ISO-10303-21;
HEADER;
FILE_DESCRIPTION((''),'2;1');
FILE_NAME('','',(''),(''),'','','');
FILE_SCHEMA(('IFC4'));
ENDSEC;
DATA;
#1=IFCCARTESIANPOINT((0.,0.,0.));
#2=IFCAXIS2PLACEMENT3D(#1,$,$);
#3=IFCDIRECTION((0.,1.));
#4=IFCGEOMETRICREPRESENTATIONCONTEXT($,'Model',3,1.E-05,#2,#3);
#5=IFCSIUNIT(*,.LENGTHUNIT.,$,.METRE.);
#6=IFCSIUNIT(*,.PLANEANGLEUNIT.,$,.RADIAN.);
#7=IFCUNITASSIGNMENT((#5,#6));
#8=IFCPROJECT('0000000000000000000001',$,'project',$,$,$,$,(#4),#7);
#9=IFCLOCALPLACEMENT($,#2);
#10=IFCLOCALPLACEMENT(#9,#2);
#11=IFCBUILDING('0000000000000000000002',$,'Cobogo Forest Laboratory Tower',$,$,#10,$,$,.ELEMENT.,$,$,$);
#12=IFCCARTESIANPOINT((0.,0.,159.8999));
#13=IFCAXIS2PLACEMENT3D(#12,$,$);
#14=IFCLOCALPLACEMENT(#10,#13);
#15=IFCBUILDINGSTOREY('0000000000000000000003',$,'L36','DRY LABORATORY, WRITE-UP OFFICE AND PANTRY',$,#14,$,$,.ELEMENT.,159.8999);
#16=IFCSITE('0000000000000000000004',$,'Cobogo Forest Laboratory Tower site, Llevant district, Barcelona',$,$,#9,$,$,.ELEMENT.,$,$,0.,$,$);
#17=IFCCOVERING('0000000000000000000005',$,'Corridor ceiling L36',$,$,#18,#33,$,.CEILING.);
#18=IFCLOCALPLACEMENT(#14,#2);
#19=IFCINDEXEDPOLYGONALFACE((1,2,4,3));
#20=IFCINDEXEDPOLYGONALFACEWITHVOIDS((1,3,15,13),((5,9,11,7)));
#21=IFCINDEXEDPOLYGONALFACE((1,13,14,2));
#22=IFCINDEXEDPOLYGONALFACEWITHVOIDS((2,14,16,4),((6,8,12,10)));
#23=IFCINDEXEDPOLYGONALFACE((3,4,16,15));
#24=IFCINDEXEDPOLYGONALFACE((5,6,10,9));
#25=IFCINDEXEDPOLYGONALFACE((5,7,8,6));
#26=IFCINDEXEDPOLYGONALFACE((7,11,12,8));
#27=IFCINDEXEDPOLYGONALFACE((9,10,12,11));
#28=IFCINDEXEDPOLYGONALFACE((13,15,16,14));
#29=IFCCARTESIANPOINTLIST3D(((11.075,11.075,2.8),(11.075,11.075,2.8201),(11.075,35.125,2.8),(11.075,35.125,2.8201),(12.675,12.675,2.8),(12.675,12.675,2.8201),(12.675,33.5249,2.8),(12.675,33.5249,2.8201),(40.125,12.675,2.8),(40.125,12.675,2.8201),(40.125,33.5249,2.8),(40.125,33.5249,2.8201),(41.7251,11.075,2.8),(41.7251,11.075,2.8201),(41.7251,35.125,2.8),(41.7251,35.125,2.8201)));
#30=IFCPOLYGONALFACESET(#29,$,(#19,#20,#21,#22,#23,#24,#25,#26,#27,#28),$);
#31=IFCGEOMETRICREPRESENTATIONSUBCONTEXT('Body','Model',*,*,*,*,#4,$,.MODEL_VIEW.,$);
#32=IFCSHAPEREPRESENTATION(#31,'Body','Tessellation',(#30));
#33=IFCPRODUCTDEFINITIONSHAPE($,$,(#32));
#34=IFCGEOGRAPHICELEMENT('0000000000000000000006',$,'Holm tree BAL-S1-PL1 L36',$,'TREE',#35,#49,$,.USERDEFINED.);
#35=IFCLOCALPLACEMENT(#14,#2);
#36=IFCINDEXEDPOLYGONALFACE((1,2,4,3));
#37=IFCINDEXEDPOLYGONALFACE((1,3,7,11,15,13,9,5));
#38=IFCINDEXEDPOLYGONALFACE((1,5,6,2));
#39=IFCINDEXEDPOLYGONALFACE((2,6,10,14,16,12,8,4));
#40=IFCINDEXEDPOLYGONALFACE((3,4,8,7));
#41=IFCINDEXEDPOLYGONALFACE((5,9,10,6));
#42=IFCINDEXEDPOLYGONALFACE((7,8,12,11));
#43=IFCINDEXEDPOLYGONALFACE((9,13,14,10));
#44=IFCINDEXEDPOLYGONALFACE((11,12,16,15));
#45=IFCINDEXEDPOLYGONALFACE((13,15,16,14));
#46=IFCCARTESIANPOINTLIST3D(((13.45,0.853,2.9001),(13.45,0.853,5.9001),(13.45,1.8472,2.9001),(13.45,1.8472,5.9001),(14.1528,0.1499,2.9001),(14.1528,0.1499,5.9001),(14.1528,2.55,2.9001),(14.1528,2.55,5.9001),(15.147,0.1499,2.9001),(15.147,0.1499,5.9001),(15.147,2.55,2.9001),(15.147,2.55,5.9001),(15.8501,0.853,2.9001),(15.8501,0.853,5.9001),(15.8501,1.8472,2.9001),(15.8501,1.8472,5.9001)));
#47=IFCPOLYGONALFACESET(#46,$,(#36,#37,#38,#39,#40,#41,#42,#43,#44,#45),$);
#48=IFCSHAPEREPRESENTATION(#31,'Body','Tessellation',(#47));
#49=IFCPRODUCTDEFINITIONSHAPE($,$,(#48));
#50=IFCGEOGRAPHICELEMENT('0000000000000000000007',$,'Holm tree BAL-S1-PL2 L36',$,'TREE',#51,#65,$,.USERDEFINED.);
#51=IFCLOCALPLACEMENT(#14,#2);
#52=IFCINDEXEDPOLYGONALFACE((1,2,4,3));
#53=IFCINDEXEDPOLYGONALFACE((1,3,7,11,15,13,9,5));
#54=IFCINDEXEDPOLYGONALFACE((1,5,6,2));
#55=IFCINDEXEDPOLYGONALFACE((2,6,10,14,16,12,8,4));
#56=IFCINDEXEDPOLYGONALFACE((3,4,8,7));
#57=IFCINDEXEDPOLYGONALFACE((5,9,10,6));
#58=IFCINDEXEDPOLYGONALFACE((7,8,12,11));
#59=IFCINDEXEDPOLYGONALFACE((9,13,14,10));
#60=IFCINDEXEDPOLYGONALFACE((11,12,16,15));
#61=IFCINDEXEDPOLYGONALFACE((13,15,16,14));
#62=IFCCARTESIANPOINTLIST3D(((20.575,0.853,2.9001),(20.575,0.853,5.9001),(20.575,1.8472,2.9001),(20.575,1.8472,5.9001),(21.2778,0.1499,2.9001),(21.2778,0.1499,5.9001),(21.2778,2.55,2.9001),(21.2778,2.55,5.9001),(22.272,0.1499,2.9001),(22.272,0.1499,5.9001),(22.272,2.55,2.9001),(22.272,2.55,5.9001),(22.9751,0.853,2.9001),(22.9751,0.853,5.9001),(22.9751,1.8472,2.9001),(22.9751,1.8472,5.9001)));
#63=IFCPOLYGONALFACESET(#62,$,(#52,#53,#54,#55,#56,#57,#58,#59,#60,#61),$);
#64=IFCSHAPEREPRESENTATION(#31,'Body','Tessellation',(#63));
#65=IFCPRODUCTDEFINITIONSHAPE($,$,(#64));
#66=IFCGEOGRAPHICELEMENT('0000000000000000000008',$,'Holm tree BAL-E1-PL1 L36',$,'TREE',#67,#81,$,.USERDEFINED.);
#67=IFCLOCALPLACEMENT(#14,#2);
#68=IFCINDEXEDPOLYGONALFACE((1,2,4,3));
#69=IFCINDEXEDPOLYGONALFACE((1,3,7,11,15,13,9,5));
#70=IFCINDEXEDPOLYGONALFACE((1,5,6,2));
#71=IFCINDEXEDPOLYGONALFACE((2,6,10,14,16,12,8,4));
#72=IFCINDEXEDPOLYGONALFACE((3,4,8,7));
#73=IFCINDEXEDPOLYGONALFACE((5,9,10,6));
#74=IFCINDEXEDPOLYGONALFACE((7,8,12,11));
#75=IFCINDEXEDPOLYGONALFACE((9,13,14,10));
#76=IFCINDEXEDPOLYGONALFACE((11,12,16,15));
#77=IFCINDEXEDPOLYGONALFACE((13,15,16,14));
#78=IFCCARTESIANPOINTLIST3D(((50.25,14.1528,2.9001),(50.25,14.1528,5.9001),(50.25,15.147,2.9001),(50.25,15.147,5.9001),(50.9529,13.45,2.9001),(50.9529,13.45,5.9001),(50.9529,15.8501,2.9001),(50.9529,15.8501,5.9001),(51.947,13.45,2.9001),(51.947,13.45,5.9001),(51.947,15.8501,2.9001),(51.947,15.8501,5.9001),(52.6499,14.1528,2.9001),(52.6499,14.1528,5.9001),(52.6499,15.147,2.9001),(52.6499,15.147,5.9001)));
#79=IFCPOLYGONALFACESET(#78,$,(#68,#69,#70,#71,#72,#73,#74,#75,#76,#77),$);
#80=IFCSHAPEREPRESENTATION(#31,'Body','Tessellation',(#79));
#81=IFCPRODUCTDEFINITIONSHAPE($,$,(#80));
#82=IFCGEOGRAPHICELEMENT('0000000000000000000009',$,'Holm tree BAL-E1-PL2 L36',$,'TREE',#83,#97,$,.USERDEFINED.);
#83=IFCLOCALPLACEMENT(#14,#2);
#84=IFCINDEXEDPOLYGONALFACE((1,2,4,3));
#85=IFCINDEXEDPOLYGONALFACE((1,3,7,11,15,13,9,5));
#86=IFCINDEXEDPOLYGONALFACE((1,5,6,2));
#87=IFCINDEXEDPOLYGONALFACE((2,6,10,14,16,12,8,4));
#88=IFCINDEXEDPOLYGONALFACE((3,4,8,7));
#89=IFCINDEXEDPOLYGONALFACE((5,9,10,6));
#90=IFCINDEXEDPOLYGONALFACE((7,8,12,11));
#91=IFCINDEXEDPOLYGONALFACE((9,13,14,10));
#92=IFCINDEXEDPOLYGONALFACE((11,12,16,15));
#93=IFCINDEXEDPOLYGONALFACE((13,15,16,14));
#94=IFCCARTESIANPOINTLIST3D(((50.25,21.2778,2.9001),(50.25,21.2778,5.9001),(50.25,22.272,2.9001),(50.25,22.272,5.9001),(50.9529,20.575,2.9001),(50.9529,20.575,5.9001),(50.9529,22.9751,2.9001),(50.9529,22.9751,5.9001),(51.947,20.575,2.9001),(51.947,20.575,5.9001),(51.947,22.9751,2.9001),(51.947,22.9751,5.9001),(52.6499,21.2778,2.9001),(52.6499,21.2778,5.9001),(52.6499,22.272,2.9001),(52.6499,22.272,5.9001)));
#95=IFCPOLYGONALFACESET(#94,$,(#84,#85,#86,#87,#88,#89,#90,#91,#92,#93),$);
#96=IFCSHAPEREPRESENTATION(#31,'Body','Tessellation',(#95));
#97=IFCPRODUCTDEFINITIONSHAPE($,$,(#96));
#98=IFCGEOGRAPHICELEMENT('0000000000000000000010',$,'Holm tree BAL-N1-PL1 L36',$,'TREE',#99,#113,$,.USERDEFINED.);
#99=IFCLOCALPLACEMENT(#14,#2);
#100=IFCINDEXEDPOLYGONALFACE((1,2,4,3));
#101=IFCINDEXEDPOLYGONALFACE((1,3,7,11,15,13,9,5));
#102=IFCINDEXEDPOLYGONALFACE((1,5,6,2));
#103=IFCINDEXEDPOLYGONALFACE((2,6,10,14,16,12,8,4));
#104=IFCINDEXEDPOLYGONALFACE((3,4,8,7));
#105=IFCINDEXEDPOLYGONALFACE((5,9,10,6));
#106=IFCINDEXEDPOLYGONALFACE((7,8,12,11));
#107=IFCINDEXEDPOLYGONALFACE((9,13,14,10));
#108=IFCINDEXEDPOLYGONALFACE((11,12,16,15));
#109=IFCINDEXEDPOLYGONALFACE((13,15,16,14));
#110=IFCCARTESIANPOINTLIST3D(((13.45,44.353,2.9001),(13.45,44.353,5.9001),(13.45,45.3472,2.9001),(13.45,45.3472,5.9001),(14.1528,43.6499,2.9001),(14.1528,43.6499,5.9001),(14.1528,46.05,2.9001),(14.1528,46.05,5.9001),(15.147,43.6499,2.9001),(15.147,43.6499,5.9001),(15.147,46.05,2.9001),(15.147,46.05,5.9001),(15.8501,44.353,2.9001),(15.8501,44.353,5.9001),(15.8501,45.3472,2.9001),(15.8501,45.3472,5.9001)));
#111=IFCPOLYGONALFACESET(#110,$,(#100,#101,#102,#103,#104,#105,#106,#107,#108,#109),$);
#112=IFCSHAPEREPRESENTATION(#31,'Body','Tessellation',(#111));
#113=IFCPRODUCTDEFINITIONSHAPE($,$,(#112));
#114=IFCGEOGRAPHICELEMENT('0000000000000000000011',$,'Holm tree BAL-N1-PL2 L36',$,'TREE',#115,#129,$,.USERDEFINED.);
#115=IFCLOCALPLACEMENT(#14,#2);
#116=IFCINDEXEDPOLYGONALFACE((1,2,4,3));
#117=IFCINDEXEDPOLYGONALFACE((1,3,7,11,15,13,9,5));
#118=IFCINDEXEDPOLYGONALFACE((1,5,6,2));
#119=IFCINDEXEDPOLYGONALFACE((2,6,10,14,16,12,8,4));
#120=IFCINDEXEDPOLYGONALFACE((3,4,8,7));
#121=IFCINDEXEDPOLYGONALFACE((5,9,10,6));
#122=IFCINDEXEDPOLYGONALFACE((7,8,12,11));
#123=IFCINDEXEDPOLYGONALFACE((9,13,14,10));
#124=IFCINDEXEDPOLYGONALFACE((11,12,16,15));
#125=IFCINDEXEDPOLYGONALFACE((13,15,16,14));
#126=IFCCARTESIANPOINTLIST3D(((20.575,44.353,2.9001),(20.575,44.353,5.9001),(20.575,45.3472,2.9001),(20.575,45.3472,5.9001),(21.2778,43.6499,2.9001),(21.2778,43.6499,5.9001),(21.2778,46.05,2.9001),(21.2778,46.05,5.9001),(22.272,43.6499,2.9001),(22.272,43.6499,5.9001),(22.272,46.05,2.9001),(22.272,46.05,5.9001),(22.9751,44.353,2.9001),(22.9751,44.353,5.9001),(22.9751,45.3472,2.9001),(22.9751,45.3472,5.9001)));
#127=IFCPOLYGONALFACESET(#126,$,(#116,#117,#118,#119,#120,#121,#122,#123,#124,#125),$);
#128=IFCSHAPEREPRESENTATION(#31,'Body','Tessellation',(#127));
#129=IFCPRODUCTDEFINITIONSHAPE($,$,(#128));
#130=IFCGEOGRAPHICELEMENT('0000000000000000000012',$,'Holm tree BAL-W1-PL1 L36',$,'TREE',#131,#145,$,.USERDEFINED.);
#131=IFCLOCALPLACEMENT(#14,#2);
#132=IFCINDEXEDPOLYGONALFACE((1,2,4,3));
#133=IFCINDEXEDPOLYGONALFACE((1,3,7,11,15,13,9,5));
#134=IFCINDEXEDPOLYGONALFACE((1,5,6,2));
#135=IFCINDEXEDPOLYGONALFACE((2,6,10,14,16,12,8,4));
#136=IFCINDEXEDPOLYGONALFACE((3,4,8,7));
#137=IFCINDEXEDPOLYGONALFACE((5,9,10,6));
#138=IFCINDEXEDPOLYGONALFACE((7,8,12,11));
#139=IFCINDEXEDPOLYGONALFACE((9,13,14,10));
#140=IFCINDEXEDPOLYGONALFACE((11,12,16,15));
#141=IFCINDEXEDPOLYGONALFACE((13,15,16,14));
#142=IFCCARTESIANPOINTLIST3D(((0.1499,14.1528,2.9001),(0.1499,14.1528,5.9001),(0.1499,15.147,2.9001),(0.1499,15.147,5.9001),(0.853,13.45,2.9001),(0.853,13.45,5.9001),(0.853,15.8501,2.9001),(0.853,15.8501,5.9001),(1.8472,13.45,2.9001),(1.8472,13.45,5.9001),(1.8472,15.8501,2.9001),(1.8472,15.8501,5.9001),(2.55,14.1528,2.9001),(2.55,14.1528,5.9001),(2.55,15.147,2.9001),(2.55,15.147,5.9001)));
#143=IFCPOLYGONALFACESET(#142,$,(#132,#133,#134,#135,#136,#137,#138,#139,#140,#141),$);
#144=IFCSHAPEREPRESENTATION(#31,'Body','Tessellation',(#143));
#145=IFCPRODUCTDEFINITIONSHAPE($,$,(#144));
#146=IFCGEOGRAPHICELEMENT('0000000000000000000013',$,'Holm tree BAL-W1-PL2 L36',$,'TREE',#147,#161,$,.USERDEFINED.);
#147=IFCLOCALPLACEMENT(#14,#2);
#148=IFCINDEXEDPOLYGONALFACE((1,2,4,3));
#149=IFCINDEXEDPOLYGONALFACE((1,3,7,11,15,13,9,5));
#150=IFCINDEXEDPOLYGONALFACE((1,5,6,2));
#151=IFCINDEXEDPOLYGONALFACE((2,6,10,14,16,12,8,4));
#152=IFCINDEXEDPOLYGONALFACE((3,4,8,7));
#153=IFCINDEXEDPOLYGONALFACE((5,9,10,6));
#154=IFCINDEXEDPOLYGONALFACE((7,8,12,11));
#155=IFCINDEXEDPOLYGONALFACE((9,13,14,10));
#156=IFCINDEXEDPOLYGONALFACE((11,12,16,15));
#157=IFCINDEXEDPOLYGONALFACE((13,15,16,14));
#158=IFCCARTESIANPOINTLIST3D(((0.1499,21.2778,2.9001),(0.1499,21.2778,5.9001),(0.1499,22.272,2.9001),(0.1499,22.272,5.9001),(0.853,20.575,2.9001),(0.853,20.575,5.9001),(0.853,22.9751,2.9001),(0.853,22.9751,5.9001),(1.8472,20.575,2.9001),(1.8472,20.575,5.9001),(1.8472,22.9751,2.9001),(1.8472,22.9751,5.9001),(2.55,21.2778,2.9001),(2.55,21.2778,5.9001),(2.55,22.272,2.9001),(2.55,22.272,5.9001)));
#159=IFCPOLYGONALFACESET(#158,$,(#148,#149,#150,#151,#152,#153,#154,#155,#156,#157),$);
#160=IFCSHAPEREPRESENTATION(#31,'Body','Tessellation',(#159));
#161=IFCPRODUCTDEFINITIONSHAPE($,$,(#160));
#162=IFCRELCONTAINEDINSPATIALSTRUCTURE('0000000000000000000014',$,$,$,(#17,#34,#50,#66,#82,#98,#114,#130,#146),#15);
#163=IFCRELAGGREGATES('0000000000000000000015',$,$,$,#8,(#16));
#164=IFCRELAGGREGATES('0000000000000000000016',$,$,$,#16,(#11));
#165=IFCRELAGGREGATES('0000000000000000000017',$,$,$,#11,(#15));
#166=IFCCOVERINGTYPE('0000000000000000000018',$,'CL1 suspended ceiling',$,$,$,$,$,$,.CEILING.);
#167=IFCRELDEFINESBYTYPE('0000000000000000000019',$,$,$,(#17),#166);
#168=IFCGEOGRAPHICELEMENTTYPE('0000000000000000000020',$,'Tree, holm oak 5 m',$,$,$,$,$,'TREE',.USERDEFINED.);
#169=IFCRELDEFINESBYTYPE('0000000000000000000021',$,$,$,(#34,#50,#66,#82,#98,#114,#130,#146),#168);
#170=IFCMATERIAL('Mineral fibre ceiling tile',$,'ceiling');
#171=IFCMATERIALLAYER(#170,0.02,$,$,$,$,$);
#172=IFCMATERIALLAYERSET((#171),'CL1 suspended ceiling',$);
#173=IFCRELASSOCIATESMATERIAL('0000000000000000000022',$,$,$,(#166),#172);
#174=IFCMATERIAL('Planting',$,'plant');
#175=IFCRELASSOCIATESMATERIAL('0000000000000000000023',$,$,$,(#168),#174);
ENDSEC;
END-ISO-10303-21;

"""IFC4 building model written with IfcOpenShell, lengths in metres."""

from ifc_helpers import new_model, si_unit, direction, frame, origin, place, context, subcontext, project, spatial, polyline, outline, extrude, material, layer, layer_set, type_object, element, save


model = new_model("IFC4")

# Units and contexts
model_context = context("Model", 3, precision=1e-05, world=origin(), true_north=direction((0.0, 1.0)))
body_context = subcontext(model_context, "Body", "Model", "MODEL_VIEW")
ifc_project = project(units=[si_unit("LENGTHUNIT", "METRE"), si_unit("PLANEANGLEUNIT", "RADIAN")], contexts=[model_context])

# Site, building, storey
site_placement = place(None, origin())
site = spatial("IfcSite", under=ifc_project, at=site_placement, Name="Cobogo Forest Laboratory Tower site, Llevant district, Barcelona", CompositionType="ELEMENT", RefElevation=0.0)
building_placement = place(site_placement, origin())
building = spatial("IfcBuilding", under=site, at=building_placement, Name="Cobogo Forest Laboratory Tower", CompositionType="ELEMENT")
storey_placement = place(building_placement, frame((0.0, 0.0, 159.8999)))
storey = spatial("IfcBuildingStorey", under=building, at=storey_placement, Name="L36", Description="DRY LABORATORY, WRITE-UP OFFICE AND PANTRY", CompositionType="ELEMENT", Elevation=159.8999)

# Covering
ifc_material_1 = material(Name="Mineral fibre ceiling tile", Category="ceiling")
ifc_layer_1 = layer(ifc_material_1, 0.02)
ifc_layer_set_1 = layer_set([ifc_layer_1], Name="CL1 suspended ceiling")
covering_type = type_object("IfcCoveringType", Name="CL1 suspended ceiling", PredefinedType="CEILING", material=ifc_layer_set_1)
covering_placement = place(storey_placement, frame((0.0, 0.0, 2.8)))
element("IfcCovering", 1, at=covering_placement, inside=storey, type_object=covering_type, Name="Corridor ceiling L36", PredefinedType="CEILING", context=body_context, shape_type="SweptSolid", body=[
    extrude(outline(polyline([(11.075, 11.075), (11.075, 35.125), (41.7251, 35.125), (41.7251, 11.075), (11.075, 11.075)]), holes=[polyline([(40.125, 33.5249), (12.675, 33.5249), (12.675, 12.675), (40.125, 12.675), (40.125, 33.5249)])]), origin(), (0.0, 0.0, 1.0), 0.02),
])

# Geographic elements
ifc_material_2 = material(Name="Planting", Category="plant")
geographic_element_type = type_object("IfcGeographicElementType", Name="Tree, holm oak 5 m", ElementType="TREE", PredefinedType="USERDEFINED", material=ifc_material_2)
geographic_element_1_placement = place(storey_placement, frame((0.0, 0.0, 2.9001)))
element("IfcGeographicElement", 2, at=geographic_element_1_placement, inside=storey, type_object=geographic_element_type, Name="Holm tree BAL-S1-PL1 L36", ObjectType="TREE", PredefinedType="USERDEFINED", context=body_context, shape_type="SweptSolid", body=[
    extrude(outline(polyline([(15.8501, 0.853), (15.8501, 1.8472), (15.147, 2.55), (14.1528, 2.55), (13.45, 1.8472), (13.45, 0.853), (14.1528, 0.1499), (15.147, 0.1499), (15.8501, 0.853)])), origin(), (0.0, 0.0, 1.0), 3.0),
])
geographic_element_2_placement = place(storey_placement, frame((0.0, 0.0, 2.9001)))
element("IfcGeographicElement", 3, at=geographic_element_2_placement, inside=storey, type_object=geographic_element_type, Name="Holm tree BAL-S1-PL2 L36", ObjectType="TREE", PredefinedType="USERDEFINED", context=body_context, shape_type="SweptSolid", body=[
    extrude(outline(polyline([(22.9751, 0.853), (22.9751, 1.8472), (22.272, 2.55), (21.2778, 2.55), (20.575, 1.8472), (20.575, 0.853), (21.2778, 0.1499), (22.272, 0.1499), (22.9751, 0.853)])), origin(), (0.0, 0.0, 1.0), 3.0),
])
geographic_element_3_placement = place(storey_placement, frame((0.0, 0.0, 2.9001)))
element("IfcGeographicElement", 4, at=geographic_element_3_placement, inside=storey, type_object=geographic_element_type, Name="Holm tree BAL-E1-PL1 L36", ObjectType="TREE", PredefinedType="USERDEFINED", context=body_context, shape_type="SweptSolid", body=[
    extrude(outline(polyline([(52.6499, 14.1528), (52.6499, 15.147), (51.947, 15.8501), (50.9529, 15.8501), (50.25, 15.147), (50.25, 14.1528), (50.9529, 13.45), (51.947, 13.45), (52.6499, 14.1528)])), origin(), (0.0, 0.0, 1.0), 3.0),
])
geographic_element_4_placement = place(storey_placement, frame((0.0, 0.0, 2.9001)))
element("IfcGeographicElement", 5, at=geographic_element_4_placement, inside=storey, type_object=geographic_element_type, Name="Holm tree BAL-E1-PL2 L36", ObjectType="TREE", PredefinedType="USERDEFINED", context=body_context, shape_type="SweptSolid", body=[
    extrude(outline(polyline([(52.6499, 21.2778), (52.6499, 22.272), (51.947, 22.9751), (50.9529, 22.9751), (50.25, 22.272), (50.25, 21.2778), (50.9529, 20.575), (51.947, 20.575), (52.6499, 21.2778)])), origin(), (0.0, 0.0, 1.0), 3.0),
])
geographic_element_5_placement = place(storey_placement, frame((0.0, 0.0, 2.9001)))
element("IfcGeographicElement", 6, at=geographic_element_5_placement, inside=storey, type_object=geographic_element_type, Name="Holm tree BAL-N1-PL1 L36", ObjectType="TREE", PredefinedType="USERDEFINED", context=body_context, shape_type="SweptSolid", body=[
    extrude(outline(polyline([(15.8501, 44.353), (15.8501, 45.3472), (15.147, 46.05), (14.1528, 46.05), (13.45, 45.3472), (13.45, 44.353), (14.1528, 43.6499), (15.147, 43.6499), (15.8501, 44.353)])), origin(), (0.0, 0.0, 1.0), 3.0),
])
geographic_element_6_placement = place(storey_placement, frame((0.0, 0.0, 2.9001)))
element("IfcGeographicElement", 7, at=geographic_element_6_placement, inside=storey, type_object=geographic_element_type, Name="Holm tree BAL-N1-PL2 L36", ObjectType="TREE", PredefinedType="USERDEFINED", context=body_context, shape_type="SweptSolid", body=[
    extrude(outline(polyline([(22.9751, 44.353), (22.9751, 45.3472), (22.272, 46.05), (21.2778, 46.05), (20.575, 45.3472), (20.575, 44.353), (21.2778, 43.6499), (22.272, 43.6499), (22.9751, 44.353)])), origin(), (0.0, 0.0, 1.0), 3.0),
])
geographic_element_7_placement = place(storey_placement, frame((0.0, 0.0, 2.9001)))
element("IfcGeographicElement", 8, at=geographic_element_7_placement, inside=storey, type_object=geographic_element_type, Name="Holm tree BAL-W1-PL1 L36", ObjectType="TREE", PredefinedType="USERDEFINED", context=body_context, shape_type="SweptSolid", body=[
    extrude(outline(polyline([(2.55, 14.1528), (2.55, 15.147), (1.8472, 15.8501), (0.853, 15.8501), (0.1499, 15.147), (0.1499, 14.1528), (0.853, 13.45), (1.8472, 13.45), (2.55, 14.1528)])), origin(), (0.0, 0.0, 1.0), 3.0),
])
geographic_element_8_placement = place(storey_placement, frame((0.0, 0.0, 2.9001)))
element("IfcGeographicElement", 9, at=geographic_element_8_placement, inside=storey, type_object=geographic_element_type, Name="Holm tree BAL-W1-PL2 L36", ObjectType="TREE", PredefinedType="USERDEFINED", context=body_context, shape_type="SweptSolid", body=[
    extrude(outline(polyline([(2.55, 21.2778), (2.55, 22.272), (1.8472, 22.9751), (0.853, 22.9751), (0.1499, 22.272), (0.1499, 21.2778), (0.853, 20.575), (1.8472, 20.575), (2.55, 21.2778)])), origin(), (0.0, 0.0, 1.0), 3.0),
])

save(model, "model.ifc")
